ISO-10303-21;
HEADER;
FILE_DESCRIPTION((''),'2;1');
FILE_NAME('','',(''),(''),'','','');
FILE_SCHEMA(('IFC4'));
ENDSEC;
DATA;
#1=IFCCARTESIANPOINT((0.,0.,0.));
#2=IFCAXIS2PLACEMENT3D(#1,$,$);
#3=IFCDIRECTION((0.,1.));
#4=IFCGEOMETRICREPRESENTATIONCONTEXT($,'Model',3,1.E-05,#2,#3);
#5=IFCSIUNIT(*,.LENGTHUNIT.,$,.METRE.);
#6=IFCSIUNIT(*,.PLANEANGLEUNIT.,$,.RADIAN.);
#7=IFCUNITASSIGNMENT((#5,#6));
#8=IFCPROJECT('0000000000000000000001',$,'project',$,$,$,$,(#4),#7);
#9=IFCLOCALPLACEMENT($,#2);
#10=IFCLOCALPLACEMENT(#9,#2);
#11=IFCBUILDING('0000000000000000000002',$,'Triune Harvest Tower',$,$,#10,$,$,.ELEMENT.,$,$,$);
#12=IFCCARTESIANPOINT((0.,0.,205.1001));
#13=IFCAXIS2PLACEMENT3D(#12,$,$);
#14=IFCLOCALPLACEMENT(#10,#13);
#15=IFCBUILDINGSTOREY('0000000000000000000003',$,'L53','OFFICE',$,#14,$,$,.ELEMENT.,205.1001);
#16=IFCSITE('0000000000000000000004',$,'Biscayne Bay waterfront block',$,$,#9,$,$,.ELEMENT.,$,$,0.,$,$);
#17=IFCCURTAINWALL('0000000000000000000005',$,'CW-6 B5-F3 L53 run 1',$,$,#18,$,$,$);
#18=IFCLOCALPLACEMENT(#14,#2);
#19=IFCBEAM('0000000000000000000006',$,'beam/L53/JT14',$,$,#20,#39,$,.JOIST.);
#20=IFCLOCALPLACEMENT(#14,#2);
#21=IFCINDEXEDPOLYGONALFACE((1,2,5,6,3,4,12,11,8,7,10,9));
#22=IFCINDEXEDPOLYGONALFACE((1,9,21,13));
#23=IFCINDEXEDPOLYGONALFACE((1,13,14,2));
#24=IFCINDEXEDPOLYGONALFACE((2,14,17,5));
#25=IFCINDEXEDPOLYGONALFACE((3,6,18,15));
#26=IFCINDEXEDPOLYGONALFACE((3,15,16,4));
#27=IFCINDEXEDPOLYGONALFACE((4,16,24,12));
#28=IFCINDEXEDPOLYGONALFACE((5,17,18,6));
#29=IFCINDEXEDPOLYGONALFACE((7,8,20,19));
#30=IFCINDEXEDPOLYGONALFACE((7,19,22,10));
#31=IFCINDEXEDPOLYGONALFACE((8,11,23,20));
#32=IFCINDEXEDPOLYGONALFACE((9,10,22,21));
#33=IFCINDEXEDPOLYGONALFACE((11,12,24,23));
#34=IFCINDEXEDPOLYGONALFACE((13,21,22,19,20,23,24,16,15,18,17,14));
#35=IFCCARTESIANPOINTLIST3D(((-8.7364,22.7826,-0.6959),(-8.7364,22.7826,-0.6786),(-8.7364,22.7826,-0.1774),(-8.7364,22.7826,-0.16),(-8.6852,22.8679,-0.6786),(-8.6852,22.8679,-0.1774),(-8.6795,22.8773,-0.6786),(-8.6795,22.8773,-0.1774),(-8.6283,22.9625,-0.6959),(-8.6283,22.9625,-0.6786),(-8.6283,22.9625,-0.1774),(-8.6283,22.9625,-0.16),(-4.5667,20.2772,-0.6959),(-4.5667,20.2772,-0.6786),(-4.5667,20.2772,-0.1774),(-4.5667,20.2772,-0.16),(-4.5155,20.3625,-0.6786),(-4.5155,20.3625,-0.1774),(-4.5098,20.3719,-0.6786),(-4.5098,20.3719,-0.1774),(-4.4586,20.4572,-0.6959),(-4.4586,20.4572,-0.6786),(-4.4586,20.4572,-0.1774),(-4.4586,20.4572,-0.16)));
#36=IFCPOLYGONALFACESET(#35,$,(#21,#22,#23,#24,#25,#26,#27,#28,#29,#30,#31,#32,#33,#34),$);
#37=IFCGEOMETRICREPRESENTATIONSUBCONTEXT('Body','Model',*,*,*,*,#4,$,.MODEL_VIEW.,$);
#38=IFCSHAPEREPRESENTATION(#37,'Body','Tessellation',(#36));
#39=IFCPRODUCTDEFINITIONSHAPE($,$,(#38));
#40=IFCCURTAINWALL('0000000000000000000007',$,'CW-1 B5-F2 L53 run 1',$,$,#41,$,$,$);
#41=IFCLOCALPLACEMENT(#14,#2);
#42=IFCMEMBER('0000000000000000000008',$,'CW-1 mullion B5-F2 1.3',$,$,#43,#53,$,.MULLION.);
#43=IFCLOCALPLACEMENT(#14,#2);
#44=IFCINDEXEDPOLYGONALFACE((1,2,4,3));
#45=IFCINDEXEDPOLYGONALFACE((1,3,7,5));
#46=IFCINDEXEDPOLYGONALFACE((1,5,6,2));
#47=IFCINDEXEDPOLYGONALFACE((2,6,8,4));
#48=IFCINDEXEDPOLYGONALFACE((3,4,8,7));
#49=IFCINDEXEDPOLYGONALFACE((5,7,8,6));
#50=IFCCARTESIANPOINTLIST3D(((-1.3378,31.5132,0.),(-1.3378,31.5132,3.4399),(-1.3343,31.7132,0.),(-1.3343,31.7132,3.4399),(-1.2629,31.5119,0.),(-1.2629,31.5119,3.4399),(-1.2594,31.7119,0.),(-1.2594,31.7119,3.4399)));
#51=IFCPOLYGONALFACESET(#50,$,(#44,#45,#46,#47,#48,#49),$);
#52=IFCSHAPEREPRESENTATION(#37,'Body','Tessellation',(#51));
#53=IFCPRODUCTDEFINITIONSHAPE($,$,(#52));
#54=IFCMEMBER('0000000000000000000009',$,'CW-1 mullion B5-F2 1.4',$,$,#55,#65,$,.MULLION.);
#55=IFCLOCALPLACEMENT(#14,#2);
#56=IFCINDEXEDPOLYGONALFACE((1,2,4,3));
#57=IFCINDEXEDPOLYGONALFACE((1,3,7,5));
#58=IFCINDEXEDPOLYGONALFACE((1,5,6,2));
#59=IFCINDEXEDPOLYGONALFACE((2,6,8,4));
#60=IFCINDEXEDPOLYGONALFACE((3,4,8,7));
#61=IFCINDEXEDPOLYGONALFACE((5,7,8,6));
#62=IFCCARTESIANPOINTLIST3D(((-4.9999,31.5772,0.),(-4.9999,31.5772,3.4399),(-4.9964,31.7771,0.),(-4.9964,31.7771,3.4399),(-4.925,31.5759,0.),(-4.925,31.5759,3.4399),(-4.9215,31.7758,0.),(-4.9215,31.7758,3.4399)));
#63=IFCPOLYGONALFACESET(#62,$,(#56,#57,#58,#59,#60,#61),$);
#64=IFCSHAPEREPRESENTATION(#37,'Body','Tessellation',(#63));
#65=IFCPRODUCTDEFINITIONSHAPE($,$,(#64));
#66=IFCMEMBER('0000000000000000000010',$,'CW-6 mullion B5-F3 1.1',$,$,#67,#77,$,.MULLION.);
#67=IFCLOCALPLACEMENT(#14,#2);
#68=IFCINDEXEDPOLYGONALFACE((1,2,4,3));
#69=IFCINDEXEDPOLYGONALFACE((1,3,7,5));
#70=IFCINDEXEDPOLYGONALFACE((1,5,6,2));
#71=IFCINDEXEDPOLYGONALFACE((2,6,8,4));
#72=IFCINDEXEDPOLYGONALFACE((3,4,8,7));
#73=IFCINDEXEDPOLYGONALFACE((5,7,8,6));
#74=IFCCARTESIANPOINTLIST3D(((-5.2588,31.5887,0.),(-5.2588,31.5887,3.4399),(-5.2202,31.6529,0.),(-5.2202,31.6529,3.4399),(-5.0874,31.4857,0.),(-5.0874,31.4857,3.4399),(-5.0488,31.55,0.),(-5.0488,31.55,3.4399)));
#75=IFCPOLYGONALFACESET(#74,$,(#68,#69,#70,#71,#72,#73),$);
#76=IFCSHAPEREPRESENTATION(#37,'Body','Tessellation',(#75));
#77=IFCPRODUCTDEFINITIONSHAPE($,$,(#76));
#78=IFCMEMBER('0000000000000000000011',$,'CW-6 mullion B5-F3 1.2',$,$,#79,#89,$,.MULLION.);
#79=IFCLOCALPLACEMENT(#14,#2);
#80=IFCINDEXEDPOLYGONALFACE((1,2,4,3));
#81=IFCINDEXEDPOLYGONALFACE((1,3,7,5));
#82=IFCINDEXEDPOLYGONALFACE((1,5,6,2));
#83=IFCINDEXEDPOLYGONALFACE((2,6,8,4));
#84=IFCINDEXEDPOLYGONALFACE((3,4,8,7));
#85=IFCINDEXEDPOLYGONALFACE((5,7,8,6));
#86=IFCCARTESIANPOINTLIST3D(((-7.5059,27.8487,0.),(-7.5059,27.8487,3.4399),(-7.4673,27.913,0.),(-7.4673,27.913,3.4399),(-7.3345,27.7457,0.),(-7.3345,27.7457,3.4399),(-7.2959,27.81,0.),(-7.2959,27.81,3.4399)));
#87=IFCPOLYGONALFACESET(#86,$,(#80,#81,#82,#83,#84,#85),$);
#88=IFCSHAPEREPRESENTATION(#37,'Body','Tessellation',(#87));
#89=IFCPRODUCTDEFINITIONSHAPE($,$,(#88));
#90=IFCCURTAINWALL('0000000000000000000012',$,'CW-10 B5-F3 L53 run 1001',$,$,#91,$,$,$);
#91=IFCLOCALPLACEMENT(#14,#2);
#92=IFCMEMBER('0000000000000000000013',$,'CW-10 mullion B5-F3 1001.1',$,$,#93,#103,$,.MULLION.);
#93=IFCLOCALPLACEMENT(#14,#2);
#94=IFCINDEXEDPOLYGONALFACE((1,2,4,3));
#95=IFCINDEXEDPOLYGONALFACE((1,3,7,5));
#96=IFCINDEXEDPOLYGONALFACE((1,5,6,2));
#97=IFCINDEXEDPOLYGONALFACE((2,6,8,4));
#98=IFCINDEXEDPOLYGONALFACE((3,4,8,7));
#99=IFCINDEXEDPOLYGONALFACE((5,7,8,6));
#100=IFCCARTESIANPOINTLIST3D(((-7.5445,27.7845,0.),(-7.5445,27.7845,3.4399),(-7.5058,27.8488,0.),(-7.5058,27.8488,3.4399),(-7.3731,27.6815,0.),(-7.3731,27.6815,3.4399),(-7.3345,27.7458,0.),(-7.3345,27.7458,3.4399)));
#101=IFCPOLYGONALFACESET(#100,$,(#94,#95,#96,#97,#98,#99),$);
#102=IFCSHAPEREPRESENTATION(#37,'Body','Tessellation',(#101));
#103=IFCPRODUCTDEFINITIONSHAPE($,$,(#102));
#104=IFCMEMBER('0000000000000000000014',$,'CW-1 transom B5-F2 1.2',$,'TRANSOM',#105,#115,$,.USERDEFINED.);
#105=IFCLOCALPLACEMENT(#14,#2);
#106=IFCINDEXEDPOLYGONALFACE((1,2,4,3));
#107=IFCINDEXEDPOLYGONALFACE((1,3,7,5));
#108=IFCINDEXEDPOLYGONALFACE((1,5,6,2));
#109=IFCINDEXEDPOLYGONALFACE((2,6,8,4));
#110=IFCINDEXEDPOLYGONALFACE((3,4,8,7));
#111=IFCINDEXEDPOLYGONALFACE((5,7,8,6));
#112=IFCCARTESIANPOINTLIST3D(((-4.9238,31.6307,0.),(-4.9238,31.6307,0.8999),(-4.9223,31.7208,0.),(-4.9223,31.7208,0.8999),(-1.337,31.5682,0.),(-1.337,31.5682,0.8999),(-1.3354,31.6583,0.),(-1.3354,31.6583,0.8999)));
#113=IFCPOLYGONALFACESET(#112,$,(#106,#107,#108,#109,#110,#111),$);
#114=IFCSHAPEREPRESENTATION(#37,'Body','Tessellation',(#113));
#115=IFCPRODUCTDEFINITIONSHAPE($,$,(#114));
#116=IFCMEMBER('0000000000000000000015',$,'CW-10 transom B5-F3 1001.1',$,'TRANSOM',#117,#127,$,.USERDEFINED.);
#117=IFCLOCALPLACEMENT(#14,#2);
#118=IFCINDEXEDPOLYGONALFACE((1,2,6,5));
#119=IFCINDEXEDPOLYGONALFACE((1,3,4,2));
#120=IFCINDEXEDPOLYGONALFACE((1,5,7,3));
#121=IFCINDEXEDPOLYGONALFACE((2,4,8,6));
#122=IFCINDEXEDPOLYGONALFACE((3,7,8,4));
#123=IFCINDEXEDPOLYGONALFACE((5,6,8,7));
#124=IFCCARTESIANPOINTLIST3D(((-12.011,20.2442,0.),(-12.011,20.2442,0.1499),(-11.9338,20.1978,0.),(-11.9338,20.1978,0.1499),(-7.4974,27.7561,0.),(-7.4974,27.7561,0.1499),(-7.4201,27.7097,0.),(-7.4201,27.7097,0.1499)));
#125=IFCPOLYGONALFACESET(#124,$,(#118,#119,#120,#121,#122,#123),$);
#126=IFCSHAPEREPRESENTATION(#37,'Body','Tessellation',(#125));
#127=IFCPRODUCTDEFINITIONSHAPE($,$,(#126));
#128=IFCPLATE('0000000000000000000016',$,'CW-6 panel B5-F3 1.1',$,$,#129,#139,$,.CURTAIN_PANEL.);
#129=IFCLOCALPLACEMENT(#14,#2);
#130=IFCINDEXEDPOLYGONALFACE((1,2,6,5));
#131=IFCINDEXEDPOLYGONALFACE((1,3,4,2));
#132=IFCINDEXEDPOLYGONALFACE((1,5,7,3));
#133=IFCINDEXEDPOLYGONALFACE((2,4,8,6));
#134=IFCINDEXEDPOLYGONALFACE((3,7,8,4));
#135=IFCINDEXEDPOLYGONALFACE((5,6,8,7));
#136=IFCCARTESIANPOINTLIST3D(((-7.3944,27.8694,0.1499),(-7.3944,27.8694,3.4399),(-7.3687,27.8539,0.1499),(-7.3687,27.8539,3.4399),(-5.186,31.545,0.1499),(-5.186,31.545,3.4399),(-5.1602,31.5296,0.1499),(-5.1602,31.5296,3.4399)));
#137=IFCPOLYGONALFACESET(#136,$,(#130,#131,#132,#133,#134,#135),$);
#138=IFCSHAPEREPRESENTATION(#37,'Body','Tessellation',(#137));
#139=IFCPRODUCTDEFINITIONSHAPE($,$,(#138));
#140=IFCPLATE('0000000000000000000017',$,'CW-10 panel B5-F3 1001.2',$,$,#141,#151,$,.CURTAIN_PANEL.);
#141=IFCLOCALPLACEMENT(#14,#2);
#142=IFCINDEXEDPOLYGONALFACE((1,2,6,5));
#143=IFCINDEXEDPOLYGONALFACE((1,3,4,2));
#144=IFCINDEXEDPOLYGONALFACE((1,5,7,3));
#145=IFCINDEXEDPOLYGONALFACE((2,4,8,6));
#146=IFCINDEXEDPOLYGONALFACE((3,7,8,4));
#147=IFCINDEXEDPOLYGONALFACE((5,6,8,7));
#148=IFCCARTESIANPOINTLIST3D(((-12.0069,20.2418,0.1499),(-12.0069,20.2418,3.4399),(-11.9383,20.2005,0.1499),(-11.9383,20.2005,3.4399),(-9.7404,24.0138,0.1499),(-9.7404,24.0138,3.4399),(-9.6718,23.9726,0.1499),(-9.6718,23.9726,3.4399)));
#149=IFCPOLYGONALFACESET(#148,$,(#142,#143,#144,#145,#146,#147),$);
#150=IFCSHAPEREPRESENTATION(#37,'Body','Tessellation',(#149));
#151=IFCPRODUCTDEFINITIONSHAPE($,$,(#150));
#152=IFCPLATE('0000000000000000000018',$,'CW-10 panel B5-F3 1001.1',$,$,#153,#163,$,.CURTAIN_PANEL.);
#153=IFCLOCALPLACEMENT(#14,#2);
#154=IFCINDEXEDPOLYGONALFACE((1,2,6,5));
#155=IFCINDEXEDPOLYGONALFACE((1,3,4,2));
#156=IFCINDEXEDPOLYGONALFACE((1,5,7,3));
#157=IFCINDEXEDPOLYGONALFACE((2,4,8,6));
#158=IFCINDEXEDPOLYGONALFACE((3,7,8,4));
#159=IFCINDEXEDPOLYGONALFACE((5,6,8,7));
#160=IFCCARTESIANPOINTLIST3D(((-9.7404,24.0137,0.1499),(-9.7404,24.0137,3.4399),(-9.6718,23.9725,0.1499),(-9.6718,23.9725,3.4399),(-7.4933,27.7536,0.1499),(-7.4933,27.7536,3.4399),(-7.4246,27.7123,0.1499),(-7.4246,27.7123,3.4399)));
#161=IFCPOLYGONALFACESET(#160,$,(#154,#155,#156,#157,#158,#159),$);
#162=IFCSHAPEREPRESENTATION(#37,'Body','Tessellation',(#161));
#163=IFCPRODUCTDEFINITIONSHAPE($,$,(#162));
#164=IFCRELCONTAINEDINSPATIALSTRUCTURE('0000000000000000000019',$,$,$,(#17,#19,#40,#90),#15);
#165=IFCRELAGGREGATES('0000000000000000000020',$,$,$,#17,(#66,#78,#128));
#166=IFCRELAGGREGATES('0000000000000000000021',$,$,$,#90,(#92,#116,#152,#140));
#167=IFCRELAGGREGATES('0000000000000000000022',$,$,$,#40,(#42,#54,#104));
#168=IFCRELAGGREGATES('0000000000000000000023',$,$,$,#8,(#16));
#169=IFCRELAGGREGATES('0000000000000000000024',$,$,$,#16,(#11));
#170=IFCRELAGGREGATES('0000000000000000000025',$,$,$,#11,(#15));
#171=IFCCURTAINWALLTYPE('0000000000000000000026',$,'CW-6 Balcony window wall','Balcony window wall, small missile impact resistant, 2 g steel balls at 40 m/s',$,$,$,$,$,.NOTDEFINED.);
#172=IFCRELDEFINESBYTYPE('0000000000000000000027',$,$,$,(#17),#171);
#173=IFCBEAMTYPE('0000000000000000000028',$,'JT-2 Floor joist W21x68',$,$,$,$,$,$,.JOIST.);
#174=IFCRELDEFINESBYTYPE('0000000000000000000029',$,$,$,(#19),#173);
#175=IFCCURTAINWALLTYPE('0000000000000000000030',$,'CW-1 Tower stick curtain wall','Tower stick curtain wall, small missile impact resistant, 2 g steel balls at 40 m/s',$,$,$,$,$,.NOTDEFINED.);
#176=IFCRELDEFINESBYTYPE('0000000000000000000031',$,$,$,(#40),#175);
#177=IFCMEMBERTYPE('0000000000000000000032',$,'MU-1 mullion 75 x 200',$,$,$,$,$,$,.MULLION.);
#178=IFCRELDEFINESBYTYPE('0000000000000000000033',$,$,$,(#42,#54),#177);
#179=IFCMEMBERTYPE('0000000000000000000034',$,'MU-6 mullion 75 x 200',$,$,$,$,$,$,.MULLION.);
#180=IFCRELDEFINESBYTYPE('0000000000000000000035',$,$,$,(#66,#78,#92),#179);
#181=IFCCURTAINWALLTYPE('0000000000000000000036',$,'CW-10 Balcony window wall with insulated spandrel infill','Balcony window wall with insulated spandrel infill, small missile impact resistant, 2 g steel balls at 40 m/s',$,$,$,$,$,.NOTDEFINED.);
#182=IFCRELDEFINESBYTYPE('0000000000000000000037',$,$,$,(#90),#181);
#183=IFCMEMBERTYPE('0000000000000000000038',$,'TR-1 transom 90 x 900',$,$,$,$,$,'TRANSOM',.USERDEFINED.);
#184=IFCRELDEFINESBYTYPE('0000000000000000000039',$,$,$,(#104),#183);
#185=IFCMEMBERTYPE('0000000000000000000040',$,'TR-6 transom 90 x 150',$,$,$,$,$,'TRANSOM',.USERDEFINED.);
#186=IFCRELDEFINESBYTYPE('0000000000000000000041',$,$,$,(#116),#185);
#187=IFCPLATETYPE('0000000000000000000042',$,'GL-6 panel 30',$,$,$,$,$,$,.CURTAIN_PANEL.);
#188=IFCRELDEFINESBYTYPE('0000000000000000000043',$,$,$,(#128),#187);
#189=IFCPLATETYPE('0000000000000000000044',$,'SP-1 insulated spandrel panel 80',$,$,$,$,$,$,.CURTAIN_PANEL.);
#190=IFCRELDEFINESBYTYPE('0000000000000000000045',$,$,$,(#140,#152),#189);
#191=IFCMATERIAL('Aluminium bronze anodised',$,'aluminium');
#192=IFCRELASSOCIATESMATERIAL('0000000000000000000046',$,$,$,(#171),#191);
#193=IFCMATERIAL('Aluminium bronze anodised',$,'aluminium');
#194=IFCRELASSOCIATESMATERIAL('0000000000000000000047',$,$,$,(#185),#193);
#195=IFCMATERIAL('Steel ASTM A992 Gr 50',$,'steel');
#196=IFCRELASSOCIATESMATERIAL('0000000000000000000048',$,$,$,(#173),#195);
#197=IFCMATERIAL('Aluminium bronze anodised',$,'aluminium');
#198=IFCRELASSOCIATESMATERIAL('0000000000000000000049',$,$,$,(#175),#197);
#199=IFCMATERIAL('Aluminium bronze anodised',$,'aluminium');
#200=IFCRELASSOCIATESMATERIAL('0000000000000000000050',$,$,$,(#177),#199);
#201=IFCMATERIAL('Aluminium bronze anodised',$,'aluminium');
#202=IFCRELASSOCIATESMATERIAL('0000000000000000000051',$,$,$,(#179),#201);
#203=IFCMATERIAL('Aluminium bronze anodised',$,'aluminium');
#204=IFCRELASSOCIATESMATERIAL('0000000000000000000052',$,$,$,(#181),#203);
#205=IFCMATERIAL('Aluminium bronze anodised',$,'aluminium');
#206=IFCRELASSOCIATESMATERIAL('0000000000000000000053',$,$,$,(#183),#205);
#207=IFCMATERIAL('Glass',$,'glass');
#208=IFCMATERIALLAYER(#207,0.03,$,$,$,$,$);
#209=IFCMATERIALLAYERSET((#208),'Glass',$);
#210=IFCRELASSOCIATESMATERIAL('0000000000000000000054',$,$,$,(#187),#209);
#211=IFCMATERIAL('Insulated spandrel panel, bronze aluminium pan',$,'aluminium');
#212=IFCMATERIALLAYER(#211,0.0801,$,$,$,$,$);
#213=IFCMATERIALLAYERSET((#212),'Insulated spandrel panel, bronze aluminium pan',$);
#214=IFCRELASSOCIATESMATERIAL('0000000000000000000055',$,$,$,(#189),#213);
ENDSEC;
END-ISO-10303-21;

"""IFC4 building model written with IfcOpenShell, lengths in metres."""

from ifc_helpers import new_model, si_unit, direction, frame, origin, origin_2d, place, context, subcontext, project, spatial, rectangle, i_section, extrude, source, transform, mapped, material, layer, layer_set, material_profile, profile_set, type_object, element, aggregate, save


model = new_model("IFC4")

# Units and contexts
model_context = context("Model", 3, precision=1e-05, world=origin(), true_north=direction((0.0, 1.0)))
body_context = subcontext(model_context, "Body", "Model", "MODEL_VIEW")
ifc_project = project(units=[si_unit("LENGTHUNIT", "METRE"), si_unit("PLANEANGLEUNIT", "RADIAN")], contexts=[model_context])

# Site, building, storey
site_placement = place(None, origin())
site = spatial("IfcSite", under=ifc_project, at=site_placement, Name="Biscayne Bay waterfront block", CompositionType="ELEMENT", RefElevation=0.0)
building_placement = place(site_placement, origin())
building = spatial("IfcBuilding", under=site, at=building_placement, Name="Triune Harvest Tower", CompositionType="ELEMENT")
storey_placement = place(building_placement, frame((0.0, 0.0, 205.1001)))
storey = spatial("IfcBuildingStorey", under=building, at=storey_placement, Name="L53", Description="OFFICE", CompositionType="ELEMENT", Elevation=205.1001)

# Curtain wall
ifc_material_1 = material(Name="Aluminium bronze anodised", Category="aluminium")
curtain_wall_type_1 = type_object("IfcCurtainWallType", Name="CW-6 Balcony window wall", Description="Balcony window wall, small missile impact resistant, 2 g steel balls at 40 m/s", PredefinedType="NOTDEFINED", material=ifc_material_1)
curtain_wall_1_placement = place(storey_placement, origin())
curtain_wall_1 = element("IfcCurtainWall", 1, at=curtain_wall_1_placement, inside=storey, type_object=curtain_wall_type_1, Name="CW-6 B5-F3 L53 run 1")
ifc_material_2 = material(Name="Aluminium bronze anodised", Category="aluminium")
ifc_material_profile_1 = material_profile(ifc_material_2, rectangle(XDim=0.0901, YDim=0.1499, at=origin_2d()), Name="TR-6 transom 90 x 150")
ifc_profile_set_1 = profile_set([ifc_material_profile_1], Name="Aluminium bronze anodised")
member_type_1 = type_object("IfcMemberType", Name="TR-6 transom 90 x 150", ElementType="TRANSOM", PredefinedType="USERDEFINED", material=ifc_profile_set_1)

# Beam
ifc_material_3 = material(Name="Steel ASTM A992 Gr 50", Category="steel")
ifc_material_profile_2 = material_profile(ifc_material_3, i_section(OverallWidth=0.21, OverallDepth=0.5359, WebThickness=0.011, FlangeThickness=0.0173, at=origin_2d()), Name="W21x68")
ifc_profile_set_2 = profile_set([ifc_material_profile_2], Name="Steel ASTM A992 Gr 50")
beam_type_1 = type_object("IfcBeamType", Name="JT-2 Floor joist W21x68", PredefinedType="JOIST", material=ifc_profile_set_2)
shared_shape_1 = source(origin(), body_context, "Body", "SweptSolid", [
    extrude(i_section(OverallWidth=0.21, OverallDepth=0.5359, WebThickness=0.011, FlangeThickness=0.0173, at=origin_2d()), origin(), (0.0, 0.0, 1.0), 4.8645),
])
beam_1_placement = place(storey_placement, frame((-8.6824, 22.8726, -0.428), z_axis=(0.857169, -0.515034, 0.0), x_axis=(0.515034, 0.857169, 0.0)))
element("IfcBeam", 2, at=beam_1_placement, inside=storey, type_object=beam_type_1, Name="beam/L53/JT14", PredefinedType="JOIST", context=body_context, shape_type="MappedRepresentation", body=[
    mapped(shared_shape_1, transform((0.0, 0.0, 0.0), scale=1.0)),
])

# Curtain wall, members
ifc_material_4 = material(Name="Aluminium bronze anodised", Category="aluminium")
curtain_wall_type_2 = type_object("IfcCurtainWallType", Name="CW-1 Tower stick curtain wall", Description="Tower stick curtain wall, small missile impact resistant, 2 g steel balls at 40 m/s", PredefinedType="NOTDEFINED", material=ifc_material_4)
curtain_wall_2_placement = place(storey_placement, origin())
curtain_wall_2 = element("IfcCurtainWall", 3, at=curtain_wall_2_placement, inside=storey, type_object=curtain_wall_type_2, Name="CW-1 B5-F2 L53 run 1")
ifc_material_5 = material(Name="Aluminium bronze anodised", Category="aluminium")
ifc_material_profile_3 = material_profile(ifc_material_5, rectangle(XDim=0.2, YDim=0.075, at=origin_2d()), Name="MU-1 mullion 75 x 200")
ifc_profile_set_3 = profile_set([ifc_material_profile_3], Name="Aluminium bronze anodised")
member_type_2 = type_object("IfcMemberType", Name="MU-1 mullion 75 x 200", PredefinedType="MULLION", material=ifc_profile_set_3)
shared_shape_2 = source(origin(), body_context, "Body", "SweptSolid", [
    extrude(rectangle(XDim=0.2, YDim=0.075, at=origin_2d()), origin(), (0.0, 0.0, 1.0), 3.4399),
])
member_1_placement = place(storey_placement, frame((-1.2986, 31.6125, 0.0), z_axis=(0.0, 0.0, 1.0), x_axis=(-0.017446, -0.999848, 0.0)))
member_1 = element("IfcMember", 4, at=member_1_placement, type_object=member_type_2, Name="CW-1 mullion B5-F2 1.3", PredefinedType="MULLION", context=body_context, shape_type="MappedRepresentation", body=[
    mapped(shared_shape_2, transform((0.0, 0.0, 0.0), scale=1.0)),
])
member_2_placement = place(storey_placement, frame((-4.9607, 31.6765, 0.0), z_axis=(0.0, 0.0, 1.0), x_axis=(-0.017446, -0.999848, 0.0)))
member_2 = element("IfcMember", 5, at=member_2_placement, type_object=member_type_2, Name="CW-1 mullion B5-F2 1.4", PredefinedType="MULLION", context=body_context, shape_type="MappedRepresentation", body=[
    mapped(shared_shape_2, transform((0.0, 0.0, 0.0), scale=1.0)),
])

# Members
ifc_material_6 = material(Name="Aluminium bronze anodised", Category="aluminium")
ifc_material_profile_4 = material_profile(ifc_material_6, rectangle(XDim=0.2, YDim=0.075, at=origin_2d()), Name="MU-6 mullion 75 x 200")
ifc_profile_set_4 = profile_set([ifc_material_profile_4], Name="Aluminium bronze anodised")
member_type_3 = type_object("IfcMemberType", Name="MU-6 mullion 75 x 200", PredefinedType="MULLION", material=ifc_profile_set_4)
shared_shape_3 = source(origin(), body_context, "Body", "SweptSolid", [
    extrude(rectangle(XDim=0.2, YDim=0.075, at=origin_2d()), origin(), (0.0, 0.0, 1.0), 3.4399),
])
member_3_placement = place(storey_placement, frame((-5.1538, 31.5693, 0.0), z_axis=(0.0, 0.0, 1.0), x_axis=(0.857175, -0.515025, 0.0)))
member_3 = element("IfcMember", 6, at=member_3_placement, type_object=member_type_3, Name="CW-6 mullion B5-F3 1.1", PredefinedType="MULLION", context=body_context, shape_type="MappedRepresentation", body=[
    mapped(shared_shape_3, transform((0.0, 0.0, 0.0), scale=1.0)),
])
member_4_placement = place(storey_placement, frame((-7.4009, 27.8293, 0.0), z_axis=(0.0, 0.0, 1.0), x_axis=(0.857175, -0.515025, 0.0)))
member_4 = element("IfcMember", 7, at=member_4_placement, type_object=member_type_3, Name="CW-6 mullion B5-F3 1.2", PredefinedType="MULLION", context=body_context, shape_type="MappedRepresentation", body=[
    mapped(shared_shape_3, transform((0.0, 0.0, 0.0), scale=1.0)),
])

# Curtain wall, member
ifc_material_7 = material(Name="Aluminium bronze anodised", Category="aluminium")
curtain_wall_type_3 = type_object("IfcCurtainWallType", Name="CW-10 Balcony window wall with insulated spandrel infill", Description="Balcony window wall with insulated spandrel infill, small missile impact resistant, 2 g steel balls at 40 m/s", PredefinedType="NOTDEFINED", material=ifc_material_7)
curtain_wall_3_placement = place(storey_placement, origin())
curtain_wall_3 = element("IfcCurtainWall", 8, at=curtain_wall_3_placement, inside=storey, type_object=curtain_wall_type_3, Name="CW-10 B5-F3 L53 run 1001")
member_5_placement = place(storey_placement, frame((-7.4395, 27.7651, 0.0), z_axis=(0.0, 0.0, 1.0), x_axis=(0.857166, -0.515041, 0.0)))
member_5 = element("IfcMember", 9, at=member_5_placement, type_object=member_type_3, Name="CW-10 mullion B5-F3 1001.1", PredefinedType="MULLION", context=body_context, shape_type="MappedRepresentation", body=[
    mapped(shared_shape_3, transform((0.0, 0.0, 0.0), scale=1.0)),
])

# Members
ifc_material_8 = material(Name="Aluminium bronze anodised", Category="aluminium")
ifc_material_profile_5 = material_profile(ifc_material_8, rectangle(XDim=0.0901, YDim=0.8999, at=origin_2d()), Name="TR-1 transom 90 x 900")
ifc_profile_set_5 = profile_set([ifc_material_profile_5], Name="Aluminium bronze anodised")
member_type_4 = type_object("IfcMemberType", Name="TR-1 transom 90 x 900", ElementType="TRANSOM", PredefinedType="USERDEFINED", material=ifc_profile_set_5)
shared_shape_4 = source(origin(), body_context, "Body", "SweptSolid", [
    extrude(rectangle(XDim=0.0901, YDim=0.8999, at=origin_2d()), origin(), (0.0, 0.0, 1.0), 3.5874),
])
member_6_placement = place(storey_placement, frame((-1.3362, 31.6133, 0.45), z_axis=(-0.999848, 0.017422, 0.0), x_axis=(-0.017422, -0.999848, 0.0)))
member_6 = element("IfcMember", 10, at=member_6_placement, type_object=member_type_4, Name="CW-1 transom B5-F2 1.2", ObjectType="TRANSOM", PredefinedType="USERDEFINED", context=body_context, shape_type="MappedRepresentation", body=[
    mapped(shared_shape_4, transform((0.0, 0.0, 0.0), scale=1.0)),
])
shared_shape_5 = source(origin(), body_context, "Body", "SweptSolid", [
    extrude(rectangle(XDim=0.0901, YDim=0.1499, at=origin_2d()), origin(), (0.0, 0.0, 1.0), 8.7637),
])
member_7_placement = place(storey_placement, frame((-7.4587, 27.7329, 0.075), z_axis=(-0.515041, -0.857166, 0.0), x_axis=(0.857166, -0.515041, 0.0)))
member_7 = element("IfcMember", 11, at=member_7_placement, type_object=member_type_1, Name="CW-10 transom B5-F3 1001.1", ObjectType="TRANSOM", PredefinedType="USERDEFINED", context=body_context, shape_type="MappedRepresentation", body=[
    mapped(shared_shape_5, transform((0.0, 0.0, 0.0), scale=1.0)),
])

# Plates
ifc_material_9 = material(Name="Glass", Category="glass")
ifc_layer_1 = layer(ifc_material_9, 0.03)
ifc_layer_set_1 = layer_set([ifc_layer_1], Name="Glass")
plate_type_1 = type_object("IfcPlateType", Name="GL-6 panel 30", PredefinedType="CURTAIN_PANEL", material=ifc_layer_set_1)
plate_1_placement = place(storey_placement, frame((-6.2773, 29.6995, 0.1499), z_axis=(0.0, 0.0, 1.0), x_axis=(-0.515025, -0.857175, 0.0)))
plate_1 = element("IfcPlate", 12, at=plate_1_placement, type_object=plate_type_1, Name="CW-6 panel B5-F3 1.1", PredefinedType="CURTAIN_PANEL", context=body_context, shape_type="SweptSolid", body=[
    extrude(rectangle(XDim=4.2881, YDim=0.03, at=origin_2d()), origin(), (0.0, 0.0, 1.0), 3.29),
])
aggregate(curtain_wall_1, [member_3, member_4, plate_1])
ifc_material_10 = material(Name="Insulated spandrel panel, bronze aluminium pan", Category="aluminium")
ifc_layer_2 = layer(ifc_material_10, 0.0801)
ifc_layer_set_2 = layer_set([ifc_layer_2], Name="Insulated spandrel panel, bronze aluminium pan")
plate_type_2 = type_object("IfcPlateType", Name="SP-1 insulated spandrel panel 80", PredefinedType="CURTAIN_PANEL", material=ifc_layer_set_2)
shared_shape_6 = source(origin(), body_context, "Body", "SweptSolid", [
    extrude(rectangle(XDim=4.4006, YDim=0.0801, at=origin_2d()), origin(), (0.0, 0.0, 1.0), 3.29),
])
plate_2_placement = place(storey_placement, frame((-10.8394, 22.1072, 0.1499), z_axis=(0.0, 0.0, 1.0), x_axis=(-0.515041, -0.857166, 0.0)))
plate_2 = element("IfcPlate", 13, at=plate_2_placement, type_object=plate_type_2, Name="CW-10 panel B5-F3 1001.2", PredefinedType="CURTAIN_PANEL", context=body_context, shape_type="MappedRepresentation", body=[
    mapped(shared_shape_6, transform((0.0, 0.0, 0.0), scale=1.0)),
])
shared_shape_7 = source(origin(), body_context, "Body", "SweptSolid", [
    extrude(rectangle(XDim=4.363, YDim=0.0801, at=origin_2d()), origin(), (0.0, 0.0, 1.0), 3.29),
])
plate_3_placement = place(storey_placement, frame((-8.5825, 25.863, 0.1499), z_axis=(0.0, 0.0, 1.0), x_axis=(-0.515041, -0.857166, 0.0)))
plate_3 = element("IfcPlate", 14, at=plate_3_placement, type_object=plate_type_2, Name="CW-10 panel B5-F3 1001.1", PredefinedType="CURTAIN_PANEL", context=body_context, shape_type="MappedRepresentation", body=[
    mapped(shared_shape_7, transform((0.0, 0.0, 0.0), scale=1.0)),
])
aggregate(curtain_wall_3, [member_5, member_7, plate_3, plate_2])
aggregate(curtain_wall_2, [member_1, member_2, member_6])

save(model, "model.ifc")
